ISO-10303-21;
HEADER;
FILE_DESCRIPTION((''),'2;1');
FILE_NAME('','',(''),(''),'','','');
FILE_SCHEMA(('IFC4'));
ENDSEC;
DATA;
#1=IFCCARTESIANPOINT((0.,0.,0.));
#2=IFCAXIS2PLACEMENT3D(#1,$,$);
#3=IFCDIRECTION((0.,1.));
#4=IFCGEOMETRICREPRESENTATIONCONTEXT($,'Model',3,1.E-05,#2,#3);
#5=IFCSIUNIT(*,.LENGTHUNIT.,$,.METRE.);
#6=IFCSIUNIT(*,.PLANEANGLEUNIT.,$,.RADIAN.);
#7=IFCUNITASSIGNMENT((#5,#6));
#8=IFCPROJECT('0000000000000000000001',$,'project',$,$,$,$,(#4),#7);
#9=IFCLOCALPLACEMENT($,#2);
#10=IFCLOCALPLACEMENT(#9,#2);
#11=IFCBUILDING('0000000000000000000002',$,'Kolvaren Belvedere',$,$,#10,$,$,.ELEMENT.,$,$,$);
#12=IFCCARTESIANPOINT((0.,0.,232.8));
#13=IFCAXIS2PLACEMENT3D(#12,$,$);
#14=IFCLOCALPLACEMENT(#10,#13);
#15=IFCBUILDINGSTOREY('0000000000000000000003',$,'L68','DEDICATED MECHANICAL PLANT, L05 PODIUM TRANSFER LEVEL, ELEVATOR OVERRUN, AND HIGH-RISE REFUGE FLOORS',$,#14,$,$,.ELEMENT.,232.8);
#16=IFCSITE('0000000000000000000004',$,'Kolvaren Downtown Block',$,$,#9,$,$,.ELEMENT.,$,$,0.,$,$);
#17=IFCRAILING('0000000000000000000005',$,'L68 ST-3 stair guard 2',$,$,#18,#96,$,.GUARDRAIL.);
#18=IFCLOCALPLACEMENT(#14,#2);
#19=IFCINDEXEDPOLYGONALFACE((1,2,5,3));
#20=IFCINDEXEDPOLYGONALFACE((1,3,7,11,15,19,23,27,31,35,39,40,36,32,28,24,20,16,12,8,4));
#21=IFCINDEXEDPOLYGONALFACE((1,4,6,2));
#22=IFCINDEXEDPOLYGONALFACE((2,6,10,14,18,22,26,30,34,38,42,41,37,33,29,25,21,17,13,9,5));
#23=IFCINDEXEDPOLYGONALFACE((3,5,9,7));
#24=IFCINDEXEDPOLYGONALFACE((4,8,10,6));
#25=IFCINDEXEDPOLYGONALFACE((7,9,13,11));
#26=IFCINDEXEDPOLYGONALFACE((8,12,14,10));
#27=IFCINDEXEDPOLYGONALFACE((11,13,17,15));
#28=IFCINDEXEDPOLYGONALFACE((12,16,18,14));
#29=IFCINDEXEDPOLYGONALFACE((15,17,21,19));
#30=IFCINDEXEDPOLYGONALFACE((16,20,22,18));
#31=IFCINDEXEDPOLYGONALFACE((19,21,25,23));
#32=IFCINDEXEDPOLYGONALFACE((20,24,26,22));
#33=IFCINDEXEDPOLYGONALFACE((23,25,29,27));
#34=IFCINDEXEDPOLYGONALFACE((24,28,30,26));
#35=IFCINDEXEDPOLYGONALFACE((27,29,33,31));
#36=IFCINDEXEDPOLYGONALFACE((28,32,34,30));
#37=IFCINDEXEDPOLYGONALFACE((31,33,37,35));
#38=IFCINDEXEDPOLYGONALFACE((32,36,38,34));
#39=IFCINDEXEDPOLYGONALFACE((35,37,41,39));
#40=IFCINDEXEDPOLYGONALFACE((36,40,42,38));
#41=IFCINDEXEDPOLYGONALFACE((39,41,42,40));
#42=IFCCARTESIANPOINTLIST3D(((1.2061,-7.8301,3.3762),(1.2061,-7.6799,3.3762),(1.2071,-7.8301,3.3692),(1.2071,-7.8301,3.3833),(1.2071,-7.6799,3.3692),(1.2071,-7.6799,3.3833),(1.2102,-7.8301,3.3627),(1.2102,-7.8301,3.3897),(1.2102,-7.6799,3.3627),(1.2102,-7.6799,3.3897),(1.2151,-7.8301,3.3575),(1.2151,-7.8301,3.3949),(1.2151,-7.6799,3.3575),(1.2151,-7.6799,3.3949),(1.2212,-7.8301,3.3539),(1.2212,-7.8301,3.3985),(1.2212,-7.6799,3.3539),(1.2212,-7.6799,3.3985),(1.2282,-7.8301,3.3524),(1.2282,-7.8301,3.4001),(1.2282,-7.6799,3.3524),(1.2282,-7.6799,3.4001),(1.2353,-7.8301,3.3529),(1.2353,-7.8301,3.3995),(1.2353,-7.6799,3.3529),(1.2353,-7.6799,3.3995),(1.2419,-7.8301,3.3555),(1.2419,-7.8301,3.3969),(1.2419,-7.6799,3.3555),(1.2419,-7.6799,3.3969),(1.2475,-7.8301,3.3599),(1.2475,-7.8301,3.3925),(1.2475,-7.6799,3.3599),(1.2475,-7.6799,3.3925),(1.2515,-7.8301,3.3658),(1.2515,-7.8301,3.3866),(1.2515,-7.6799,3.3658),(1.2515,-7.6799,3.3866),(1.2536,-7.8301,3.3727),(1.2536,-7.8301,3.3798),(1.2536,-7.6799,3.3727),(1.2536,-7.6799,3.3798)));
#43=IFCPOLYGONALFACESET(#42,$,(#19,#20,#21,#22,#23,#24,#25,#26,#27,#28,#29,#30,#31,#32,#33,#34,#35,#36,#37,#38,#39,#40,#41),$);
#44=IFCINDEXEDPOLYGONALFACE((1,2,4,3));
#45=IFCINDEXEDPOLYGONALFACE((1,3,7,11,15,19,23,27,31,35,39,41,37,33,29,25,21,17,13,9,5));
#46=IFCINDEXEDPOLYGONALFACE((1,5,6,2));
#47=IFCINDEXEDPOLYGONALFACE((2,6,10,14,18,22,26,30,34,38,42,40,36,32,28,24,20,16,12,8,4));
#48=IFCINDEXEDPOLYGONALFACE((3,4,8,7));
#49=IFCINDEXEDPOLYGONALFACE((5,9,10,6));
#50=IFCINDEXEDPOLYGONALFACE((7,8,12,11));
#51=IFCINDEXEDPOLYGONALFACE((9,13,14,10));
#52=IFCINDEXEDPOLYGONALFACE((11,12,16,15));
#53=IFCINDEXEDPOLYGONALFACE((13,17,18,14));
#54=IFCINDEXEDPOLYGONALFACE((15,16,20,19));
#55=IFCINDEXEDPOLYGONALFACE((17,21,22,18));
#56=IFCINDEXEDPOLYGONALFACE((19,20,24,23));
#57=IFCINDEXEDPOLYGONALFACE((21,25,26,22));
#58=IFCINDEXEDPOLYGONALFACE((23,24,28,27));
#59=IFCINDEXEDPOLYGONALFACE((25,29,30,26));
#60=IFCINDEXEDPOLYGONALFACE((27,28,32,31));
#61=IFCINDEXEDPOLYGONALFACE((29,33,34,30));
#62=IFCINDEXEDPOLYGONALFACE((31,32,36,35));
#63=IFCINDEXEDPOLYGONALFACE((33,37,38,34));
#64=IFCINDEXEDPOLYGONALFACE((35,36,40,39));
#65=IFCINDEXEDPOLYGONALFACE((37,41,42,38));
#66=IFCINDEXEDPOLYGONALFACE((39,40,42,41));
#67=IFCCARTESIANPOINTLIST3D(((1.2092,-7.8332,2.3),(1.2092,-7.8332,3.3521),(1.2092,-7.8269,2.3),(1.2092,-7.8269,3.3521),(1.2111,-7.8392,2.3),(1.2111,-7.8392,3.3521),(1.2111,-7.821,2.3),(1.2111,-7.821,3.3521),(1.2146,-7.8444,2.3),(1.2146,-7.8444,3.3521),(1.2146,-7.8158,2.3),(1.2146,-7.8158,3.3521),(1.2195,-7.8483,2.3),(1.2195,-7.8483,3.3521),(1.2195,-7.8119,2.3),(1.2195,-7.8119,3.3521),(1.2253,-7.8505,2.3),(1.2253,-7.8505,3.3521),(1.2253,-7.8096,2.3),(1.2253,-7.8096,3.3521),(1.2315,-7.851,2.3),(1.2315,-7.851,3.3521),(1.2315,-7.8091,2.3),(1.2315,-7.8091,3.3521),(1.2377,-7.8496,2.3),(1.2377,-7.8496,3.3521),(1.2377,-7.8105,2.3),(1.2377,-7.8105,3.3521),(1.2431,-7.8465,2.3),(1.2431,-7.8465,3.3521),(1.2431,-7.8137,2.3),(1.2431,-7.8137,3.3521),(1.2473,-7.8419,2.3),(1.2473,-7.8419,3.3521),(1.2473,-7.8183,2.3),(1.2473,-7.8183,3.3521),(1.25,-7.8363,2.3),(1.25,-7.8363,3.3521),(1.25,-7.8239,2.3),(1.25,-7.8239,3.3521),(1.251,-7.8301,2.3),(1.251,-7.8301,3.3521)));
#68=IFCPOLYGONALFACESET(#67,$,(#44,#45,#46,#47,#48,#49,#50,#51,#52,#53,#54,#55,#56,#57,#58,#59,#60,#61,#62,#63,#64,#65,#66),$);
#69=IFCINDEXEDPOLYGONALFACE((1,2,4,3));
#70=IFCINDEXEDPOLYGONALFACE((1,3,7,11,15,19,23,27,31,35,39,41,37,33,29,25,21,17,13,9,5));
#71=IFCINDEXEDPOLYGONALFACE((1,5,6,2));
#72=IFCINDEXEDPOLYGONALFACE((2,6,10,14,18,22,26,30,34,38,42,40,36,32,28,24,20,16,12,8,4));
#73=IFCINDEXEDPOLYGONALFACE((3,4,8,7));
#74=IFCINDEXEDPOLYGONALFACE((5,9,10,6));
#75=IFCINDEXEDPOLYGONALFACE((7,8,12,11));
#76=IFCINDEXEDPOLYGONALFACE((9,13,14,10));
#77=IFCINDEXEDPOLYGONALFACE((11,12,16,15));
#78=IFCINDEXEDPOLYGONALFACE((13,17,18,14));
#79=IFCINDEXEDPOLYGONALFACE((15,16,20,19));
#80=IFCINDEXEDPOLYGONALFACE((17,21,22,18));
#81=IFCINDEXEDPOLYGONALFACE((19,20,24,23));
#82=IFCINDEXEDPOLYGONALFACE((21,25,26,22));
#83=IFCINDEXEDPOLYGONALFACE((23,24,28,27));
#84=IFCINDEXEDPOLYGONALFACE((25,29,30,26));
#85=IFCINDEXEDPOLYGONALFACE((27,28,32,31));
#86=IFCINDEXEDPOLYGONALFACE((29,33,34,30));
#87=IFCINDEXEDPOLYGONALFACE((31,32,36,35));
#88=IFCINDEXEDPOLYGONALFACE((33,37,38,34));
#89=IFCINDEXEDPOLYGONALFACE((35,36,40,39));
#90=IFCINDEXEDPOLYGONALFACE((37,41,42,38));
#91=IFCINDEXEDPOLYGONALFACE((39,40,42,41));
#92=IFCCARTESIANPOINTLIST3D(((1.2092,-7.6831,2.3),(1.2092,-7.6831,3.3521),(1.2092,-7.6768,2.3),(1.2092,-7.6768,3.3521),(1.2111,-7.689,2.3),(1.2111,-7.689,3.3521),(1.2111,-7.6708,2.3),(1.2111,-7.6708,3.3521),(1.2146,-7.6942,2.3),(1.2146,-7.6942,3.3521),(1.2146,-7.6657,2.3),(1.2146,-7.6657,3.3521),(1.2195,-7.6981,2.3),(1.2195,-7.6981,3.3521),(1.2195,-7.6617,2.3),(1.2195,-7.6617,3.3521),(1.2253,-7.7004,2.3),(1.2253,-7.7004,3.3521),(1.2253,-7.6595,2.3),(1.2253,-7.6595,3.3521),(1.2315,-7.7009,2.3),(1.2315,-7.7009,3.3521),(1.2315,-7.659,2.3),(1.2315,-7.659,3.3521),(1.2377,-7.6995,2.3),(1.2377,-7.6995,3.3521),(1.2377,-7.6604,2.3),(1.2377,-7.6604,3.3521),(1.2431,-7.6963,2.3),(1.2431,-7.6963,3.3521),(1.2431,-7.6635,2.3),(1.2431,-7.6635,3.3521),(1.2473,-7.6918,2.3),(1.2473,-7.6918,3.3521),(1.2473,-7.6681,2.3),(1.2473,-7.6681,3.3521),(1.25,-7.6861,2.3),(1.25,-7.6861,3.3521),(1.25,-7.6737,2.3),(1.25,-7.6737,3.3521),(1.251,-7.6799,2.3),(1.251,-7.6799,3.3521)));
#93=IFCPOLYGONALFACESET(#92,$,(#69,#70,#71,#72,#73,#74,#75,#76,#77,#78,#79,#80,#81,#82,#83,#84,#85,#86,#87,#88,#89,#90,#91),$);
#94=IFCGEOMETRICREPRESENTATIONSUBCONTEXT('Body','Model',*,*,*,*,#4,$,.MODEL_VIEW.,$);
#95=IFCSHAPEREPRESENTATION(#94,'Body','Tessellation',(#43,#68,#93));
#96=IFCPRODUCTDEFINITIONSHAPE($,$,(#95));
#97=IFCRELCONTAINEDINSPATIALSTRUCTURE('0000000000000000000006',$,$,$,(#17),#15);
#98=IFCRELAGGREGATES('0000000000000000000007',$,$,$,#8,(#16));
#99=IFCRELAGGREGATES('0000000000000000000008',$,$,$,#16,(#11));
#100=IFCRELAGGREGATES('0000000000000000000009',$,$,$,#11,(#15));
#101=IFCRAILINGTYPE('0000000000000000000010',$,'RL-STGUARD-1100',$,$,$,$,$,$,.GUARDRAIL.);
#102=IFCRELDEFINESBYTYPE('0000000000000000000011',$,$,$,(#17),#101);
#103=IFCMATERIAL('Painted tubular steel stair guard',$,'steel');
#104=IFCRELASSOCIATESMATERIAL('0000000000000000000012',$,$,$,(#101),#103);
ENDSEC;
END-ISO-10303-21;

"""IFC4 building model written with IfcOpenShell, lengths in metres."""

from ifc_helpers import new_model, si_unit, direction, frame, origin, origin_2d, place, context, subcontext, project, spatial, circle, extrude, material, type_object, element, save


model = new_model("IFC4")

# Units and contexts
model_context = context("Model", 3, precision=1e-05, world=origin(), true_north=direction((0.0, 1.0)))
body_context = subcontext(model_context, "Body", "Model", "MODEL_VIEW")
ifc_project = project(units=[si_unit("LENGTHUNIT", "METRE"), si_unit("PLANEANGLEUNIT", "RADIAN")], contexts=[model_context])

# Site, building, storey
site_placement = place(None, origin())
site = spatial("IfcSite", under=ifc_project, at=site_placement, Name="Kolvaren Downtown Block", CompositionType="ELEMENT", RefElevation=0.0)
building_placement = place(site_placement, origin())
building = spatial("IfcBuilding", under=site, at=building_placement, Name="Kolvaren Belvedere", CompositionType="ELEMENT")
storey_placement = place(building_placement, frame((0.0, 0.0, 232.8)))
storey = spatial("IfcBuildingStorey", under=building, at=storey_placement, Name="L68", Description="DEDICATED MECHANICAL PLANT, L05 PODIUM TRANSFER LEVEL, ELEVATOR OVERRUN, AND HIGH-RISE REFUGE FLOORS", CompositionType="ELEMENT", Elevation=232.8)

# Railing
ifc_material_1 = material(Name="Painted tubular steel stair guard", Category="steel")
railing_type_1 = type_object("IfcRailingType", Name="RL-STGUARD-1100", PredefinedType="GUARDRAIL", material=ifc_material_1)
railing_1_placement = place(storey_placement, frame((1.23, -7.8301, 2.3)))
element("IfcRailing", 1, at=railing_1_placement, inside=storey, type_object=railing_type_1, Name="L68 ST-3 stair guard 2", PredefinedType="GUARDRAIL", context=body_context, shape_type="SweptSolid", body=[
    extrude(circle(Radius=0.0239, at=origin_2d()), frame((0.0, 0.0, 1.0762), z_axis=(0.0, 1.0, 0.0), x_axis=(-1.0, 0.0, 0.0)), (0.0, 0.0, 1.0), 0.1501),
    extrude(circle(Radius=0.021, at=origin_2d()), origin(), (0.0, 0.0, 1.0), 1.052),
    extrude(circle(Radius=0.021, at=origin_2d()), frame((0.0, 0.1501, 0.0)), (0.0, 0.0, 1.0), 1.052),
])

save(model, "model.ifc")
